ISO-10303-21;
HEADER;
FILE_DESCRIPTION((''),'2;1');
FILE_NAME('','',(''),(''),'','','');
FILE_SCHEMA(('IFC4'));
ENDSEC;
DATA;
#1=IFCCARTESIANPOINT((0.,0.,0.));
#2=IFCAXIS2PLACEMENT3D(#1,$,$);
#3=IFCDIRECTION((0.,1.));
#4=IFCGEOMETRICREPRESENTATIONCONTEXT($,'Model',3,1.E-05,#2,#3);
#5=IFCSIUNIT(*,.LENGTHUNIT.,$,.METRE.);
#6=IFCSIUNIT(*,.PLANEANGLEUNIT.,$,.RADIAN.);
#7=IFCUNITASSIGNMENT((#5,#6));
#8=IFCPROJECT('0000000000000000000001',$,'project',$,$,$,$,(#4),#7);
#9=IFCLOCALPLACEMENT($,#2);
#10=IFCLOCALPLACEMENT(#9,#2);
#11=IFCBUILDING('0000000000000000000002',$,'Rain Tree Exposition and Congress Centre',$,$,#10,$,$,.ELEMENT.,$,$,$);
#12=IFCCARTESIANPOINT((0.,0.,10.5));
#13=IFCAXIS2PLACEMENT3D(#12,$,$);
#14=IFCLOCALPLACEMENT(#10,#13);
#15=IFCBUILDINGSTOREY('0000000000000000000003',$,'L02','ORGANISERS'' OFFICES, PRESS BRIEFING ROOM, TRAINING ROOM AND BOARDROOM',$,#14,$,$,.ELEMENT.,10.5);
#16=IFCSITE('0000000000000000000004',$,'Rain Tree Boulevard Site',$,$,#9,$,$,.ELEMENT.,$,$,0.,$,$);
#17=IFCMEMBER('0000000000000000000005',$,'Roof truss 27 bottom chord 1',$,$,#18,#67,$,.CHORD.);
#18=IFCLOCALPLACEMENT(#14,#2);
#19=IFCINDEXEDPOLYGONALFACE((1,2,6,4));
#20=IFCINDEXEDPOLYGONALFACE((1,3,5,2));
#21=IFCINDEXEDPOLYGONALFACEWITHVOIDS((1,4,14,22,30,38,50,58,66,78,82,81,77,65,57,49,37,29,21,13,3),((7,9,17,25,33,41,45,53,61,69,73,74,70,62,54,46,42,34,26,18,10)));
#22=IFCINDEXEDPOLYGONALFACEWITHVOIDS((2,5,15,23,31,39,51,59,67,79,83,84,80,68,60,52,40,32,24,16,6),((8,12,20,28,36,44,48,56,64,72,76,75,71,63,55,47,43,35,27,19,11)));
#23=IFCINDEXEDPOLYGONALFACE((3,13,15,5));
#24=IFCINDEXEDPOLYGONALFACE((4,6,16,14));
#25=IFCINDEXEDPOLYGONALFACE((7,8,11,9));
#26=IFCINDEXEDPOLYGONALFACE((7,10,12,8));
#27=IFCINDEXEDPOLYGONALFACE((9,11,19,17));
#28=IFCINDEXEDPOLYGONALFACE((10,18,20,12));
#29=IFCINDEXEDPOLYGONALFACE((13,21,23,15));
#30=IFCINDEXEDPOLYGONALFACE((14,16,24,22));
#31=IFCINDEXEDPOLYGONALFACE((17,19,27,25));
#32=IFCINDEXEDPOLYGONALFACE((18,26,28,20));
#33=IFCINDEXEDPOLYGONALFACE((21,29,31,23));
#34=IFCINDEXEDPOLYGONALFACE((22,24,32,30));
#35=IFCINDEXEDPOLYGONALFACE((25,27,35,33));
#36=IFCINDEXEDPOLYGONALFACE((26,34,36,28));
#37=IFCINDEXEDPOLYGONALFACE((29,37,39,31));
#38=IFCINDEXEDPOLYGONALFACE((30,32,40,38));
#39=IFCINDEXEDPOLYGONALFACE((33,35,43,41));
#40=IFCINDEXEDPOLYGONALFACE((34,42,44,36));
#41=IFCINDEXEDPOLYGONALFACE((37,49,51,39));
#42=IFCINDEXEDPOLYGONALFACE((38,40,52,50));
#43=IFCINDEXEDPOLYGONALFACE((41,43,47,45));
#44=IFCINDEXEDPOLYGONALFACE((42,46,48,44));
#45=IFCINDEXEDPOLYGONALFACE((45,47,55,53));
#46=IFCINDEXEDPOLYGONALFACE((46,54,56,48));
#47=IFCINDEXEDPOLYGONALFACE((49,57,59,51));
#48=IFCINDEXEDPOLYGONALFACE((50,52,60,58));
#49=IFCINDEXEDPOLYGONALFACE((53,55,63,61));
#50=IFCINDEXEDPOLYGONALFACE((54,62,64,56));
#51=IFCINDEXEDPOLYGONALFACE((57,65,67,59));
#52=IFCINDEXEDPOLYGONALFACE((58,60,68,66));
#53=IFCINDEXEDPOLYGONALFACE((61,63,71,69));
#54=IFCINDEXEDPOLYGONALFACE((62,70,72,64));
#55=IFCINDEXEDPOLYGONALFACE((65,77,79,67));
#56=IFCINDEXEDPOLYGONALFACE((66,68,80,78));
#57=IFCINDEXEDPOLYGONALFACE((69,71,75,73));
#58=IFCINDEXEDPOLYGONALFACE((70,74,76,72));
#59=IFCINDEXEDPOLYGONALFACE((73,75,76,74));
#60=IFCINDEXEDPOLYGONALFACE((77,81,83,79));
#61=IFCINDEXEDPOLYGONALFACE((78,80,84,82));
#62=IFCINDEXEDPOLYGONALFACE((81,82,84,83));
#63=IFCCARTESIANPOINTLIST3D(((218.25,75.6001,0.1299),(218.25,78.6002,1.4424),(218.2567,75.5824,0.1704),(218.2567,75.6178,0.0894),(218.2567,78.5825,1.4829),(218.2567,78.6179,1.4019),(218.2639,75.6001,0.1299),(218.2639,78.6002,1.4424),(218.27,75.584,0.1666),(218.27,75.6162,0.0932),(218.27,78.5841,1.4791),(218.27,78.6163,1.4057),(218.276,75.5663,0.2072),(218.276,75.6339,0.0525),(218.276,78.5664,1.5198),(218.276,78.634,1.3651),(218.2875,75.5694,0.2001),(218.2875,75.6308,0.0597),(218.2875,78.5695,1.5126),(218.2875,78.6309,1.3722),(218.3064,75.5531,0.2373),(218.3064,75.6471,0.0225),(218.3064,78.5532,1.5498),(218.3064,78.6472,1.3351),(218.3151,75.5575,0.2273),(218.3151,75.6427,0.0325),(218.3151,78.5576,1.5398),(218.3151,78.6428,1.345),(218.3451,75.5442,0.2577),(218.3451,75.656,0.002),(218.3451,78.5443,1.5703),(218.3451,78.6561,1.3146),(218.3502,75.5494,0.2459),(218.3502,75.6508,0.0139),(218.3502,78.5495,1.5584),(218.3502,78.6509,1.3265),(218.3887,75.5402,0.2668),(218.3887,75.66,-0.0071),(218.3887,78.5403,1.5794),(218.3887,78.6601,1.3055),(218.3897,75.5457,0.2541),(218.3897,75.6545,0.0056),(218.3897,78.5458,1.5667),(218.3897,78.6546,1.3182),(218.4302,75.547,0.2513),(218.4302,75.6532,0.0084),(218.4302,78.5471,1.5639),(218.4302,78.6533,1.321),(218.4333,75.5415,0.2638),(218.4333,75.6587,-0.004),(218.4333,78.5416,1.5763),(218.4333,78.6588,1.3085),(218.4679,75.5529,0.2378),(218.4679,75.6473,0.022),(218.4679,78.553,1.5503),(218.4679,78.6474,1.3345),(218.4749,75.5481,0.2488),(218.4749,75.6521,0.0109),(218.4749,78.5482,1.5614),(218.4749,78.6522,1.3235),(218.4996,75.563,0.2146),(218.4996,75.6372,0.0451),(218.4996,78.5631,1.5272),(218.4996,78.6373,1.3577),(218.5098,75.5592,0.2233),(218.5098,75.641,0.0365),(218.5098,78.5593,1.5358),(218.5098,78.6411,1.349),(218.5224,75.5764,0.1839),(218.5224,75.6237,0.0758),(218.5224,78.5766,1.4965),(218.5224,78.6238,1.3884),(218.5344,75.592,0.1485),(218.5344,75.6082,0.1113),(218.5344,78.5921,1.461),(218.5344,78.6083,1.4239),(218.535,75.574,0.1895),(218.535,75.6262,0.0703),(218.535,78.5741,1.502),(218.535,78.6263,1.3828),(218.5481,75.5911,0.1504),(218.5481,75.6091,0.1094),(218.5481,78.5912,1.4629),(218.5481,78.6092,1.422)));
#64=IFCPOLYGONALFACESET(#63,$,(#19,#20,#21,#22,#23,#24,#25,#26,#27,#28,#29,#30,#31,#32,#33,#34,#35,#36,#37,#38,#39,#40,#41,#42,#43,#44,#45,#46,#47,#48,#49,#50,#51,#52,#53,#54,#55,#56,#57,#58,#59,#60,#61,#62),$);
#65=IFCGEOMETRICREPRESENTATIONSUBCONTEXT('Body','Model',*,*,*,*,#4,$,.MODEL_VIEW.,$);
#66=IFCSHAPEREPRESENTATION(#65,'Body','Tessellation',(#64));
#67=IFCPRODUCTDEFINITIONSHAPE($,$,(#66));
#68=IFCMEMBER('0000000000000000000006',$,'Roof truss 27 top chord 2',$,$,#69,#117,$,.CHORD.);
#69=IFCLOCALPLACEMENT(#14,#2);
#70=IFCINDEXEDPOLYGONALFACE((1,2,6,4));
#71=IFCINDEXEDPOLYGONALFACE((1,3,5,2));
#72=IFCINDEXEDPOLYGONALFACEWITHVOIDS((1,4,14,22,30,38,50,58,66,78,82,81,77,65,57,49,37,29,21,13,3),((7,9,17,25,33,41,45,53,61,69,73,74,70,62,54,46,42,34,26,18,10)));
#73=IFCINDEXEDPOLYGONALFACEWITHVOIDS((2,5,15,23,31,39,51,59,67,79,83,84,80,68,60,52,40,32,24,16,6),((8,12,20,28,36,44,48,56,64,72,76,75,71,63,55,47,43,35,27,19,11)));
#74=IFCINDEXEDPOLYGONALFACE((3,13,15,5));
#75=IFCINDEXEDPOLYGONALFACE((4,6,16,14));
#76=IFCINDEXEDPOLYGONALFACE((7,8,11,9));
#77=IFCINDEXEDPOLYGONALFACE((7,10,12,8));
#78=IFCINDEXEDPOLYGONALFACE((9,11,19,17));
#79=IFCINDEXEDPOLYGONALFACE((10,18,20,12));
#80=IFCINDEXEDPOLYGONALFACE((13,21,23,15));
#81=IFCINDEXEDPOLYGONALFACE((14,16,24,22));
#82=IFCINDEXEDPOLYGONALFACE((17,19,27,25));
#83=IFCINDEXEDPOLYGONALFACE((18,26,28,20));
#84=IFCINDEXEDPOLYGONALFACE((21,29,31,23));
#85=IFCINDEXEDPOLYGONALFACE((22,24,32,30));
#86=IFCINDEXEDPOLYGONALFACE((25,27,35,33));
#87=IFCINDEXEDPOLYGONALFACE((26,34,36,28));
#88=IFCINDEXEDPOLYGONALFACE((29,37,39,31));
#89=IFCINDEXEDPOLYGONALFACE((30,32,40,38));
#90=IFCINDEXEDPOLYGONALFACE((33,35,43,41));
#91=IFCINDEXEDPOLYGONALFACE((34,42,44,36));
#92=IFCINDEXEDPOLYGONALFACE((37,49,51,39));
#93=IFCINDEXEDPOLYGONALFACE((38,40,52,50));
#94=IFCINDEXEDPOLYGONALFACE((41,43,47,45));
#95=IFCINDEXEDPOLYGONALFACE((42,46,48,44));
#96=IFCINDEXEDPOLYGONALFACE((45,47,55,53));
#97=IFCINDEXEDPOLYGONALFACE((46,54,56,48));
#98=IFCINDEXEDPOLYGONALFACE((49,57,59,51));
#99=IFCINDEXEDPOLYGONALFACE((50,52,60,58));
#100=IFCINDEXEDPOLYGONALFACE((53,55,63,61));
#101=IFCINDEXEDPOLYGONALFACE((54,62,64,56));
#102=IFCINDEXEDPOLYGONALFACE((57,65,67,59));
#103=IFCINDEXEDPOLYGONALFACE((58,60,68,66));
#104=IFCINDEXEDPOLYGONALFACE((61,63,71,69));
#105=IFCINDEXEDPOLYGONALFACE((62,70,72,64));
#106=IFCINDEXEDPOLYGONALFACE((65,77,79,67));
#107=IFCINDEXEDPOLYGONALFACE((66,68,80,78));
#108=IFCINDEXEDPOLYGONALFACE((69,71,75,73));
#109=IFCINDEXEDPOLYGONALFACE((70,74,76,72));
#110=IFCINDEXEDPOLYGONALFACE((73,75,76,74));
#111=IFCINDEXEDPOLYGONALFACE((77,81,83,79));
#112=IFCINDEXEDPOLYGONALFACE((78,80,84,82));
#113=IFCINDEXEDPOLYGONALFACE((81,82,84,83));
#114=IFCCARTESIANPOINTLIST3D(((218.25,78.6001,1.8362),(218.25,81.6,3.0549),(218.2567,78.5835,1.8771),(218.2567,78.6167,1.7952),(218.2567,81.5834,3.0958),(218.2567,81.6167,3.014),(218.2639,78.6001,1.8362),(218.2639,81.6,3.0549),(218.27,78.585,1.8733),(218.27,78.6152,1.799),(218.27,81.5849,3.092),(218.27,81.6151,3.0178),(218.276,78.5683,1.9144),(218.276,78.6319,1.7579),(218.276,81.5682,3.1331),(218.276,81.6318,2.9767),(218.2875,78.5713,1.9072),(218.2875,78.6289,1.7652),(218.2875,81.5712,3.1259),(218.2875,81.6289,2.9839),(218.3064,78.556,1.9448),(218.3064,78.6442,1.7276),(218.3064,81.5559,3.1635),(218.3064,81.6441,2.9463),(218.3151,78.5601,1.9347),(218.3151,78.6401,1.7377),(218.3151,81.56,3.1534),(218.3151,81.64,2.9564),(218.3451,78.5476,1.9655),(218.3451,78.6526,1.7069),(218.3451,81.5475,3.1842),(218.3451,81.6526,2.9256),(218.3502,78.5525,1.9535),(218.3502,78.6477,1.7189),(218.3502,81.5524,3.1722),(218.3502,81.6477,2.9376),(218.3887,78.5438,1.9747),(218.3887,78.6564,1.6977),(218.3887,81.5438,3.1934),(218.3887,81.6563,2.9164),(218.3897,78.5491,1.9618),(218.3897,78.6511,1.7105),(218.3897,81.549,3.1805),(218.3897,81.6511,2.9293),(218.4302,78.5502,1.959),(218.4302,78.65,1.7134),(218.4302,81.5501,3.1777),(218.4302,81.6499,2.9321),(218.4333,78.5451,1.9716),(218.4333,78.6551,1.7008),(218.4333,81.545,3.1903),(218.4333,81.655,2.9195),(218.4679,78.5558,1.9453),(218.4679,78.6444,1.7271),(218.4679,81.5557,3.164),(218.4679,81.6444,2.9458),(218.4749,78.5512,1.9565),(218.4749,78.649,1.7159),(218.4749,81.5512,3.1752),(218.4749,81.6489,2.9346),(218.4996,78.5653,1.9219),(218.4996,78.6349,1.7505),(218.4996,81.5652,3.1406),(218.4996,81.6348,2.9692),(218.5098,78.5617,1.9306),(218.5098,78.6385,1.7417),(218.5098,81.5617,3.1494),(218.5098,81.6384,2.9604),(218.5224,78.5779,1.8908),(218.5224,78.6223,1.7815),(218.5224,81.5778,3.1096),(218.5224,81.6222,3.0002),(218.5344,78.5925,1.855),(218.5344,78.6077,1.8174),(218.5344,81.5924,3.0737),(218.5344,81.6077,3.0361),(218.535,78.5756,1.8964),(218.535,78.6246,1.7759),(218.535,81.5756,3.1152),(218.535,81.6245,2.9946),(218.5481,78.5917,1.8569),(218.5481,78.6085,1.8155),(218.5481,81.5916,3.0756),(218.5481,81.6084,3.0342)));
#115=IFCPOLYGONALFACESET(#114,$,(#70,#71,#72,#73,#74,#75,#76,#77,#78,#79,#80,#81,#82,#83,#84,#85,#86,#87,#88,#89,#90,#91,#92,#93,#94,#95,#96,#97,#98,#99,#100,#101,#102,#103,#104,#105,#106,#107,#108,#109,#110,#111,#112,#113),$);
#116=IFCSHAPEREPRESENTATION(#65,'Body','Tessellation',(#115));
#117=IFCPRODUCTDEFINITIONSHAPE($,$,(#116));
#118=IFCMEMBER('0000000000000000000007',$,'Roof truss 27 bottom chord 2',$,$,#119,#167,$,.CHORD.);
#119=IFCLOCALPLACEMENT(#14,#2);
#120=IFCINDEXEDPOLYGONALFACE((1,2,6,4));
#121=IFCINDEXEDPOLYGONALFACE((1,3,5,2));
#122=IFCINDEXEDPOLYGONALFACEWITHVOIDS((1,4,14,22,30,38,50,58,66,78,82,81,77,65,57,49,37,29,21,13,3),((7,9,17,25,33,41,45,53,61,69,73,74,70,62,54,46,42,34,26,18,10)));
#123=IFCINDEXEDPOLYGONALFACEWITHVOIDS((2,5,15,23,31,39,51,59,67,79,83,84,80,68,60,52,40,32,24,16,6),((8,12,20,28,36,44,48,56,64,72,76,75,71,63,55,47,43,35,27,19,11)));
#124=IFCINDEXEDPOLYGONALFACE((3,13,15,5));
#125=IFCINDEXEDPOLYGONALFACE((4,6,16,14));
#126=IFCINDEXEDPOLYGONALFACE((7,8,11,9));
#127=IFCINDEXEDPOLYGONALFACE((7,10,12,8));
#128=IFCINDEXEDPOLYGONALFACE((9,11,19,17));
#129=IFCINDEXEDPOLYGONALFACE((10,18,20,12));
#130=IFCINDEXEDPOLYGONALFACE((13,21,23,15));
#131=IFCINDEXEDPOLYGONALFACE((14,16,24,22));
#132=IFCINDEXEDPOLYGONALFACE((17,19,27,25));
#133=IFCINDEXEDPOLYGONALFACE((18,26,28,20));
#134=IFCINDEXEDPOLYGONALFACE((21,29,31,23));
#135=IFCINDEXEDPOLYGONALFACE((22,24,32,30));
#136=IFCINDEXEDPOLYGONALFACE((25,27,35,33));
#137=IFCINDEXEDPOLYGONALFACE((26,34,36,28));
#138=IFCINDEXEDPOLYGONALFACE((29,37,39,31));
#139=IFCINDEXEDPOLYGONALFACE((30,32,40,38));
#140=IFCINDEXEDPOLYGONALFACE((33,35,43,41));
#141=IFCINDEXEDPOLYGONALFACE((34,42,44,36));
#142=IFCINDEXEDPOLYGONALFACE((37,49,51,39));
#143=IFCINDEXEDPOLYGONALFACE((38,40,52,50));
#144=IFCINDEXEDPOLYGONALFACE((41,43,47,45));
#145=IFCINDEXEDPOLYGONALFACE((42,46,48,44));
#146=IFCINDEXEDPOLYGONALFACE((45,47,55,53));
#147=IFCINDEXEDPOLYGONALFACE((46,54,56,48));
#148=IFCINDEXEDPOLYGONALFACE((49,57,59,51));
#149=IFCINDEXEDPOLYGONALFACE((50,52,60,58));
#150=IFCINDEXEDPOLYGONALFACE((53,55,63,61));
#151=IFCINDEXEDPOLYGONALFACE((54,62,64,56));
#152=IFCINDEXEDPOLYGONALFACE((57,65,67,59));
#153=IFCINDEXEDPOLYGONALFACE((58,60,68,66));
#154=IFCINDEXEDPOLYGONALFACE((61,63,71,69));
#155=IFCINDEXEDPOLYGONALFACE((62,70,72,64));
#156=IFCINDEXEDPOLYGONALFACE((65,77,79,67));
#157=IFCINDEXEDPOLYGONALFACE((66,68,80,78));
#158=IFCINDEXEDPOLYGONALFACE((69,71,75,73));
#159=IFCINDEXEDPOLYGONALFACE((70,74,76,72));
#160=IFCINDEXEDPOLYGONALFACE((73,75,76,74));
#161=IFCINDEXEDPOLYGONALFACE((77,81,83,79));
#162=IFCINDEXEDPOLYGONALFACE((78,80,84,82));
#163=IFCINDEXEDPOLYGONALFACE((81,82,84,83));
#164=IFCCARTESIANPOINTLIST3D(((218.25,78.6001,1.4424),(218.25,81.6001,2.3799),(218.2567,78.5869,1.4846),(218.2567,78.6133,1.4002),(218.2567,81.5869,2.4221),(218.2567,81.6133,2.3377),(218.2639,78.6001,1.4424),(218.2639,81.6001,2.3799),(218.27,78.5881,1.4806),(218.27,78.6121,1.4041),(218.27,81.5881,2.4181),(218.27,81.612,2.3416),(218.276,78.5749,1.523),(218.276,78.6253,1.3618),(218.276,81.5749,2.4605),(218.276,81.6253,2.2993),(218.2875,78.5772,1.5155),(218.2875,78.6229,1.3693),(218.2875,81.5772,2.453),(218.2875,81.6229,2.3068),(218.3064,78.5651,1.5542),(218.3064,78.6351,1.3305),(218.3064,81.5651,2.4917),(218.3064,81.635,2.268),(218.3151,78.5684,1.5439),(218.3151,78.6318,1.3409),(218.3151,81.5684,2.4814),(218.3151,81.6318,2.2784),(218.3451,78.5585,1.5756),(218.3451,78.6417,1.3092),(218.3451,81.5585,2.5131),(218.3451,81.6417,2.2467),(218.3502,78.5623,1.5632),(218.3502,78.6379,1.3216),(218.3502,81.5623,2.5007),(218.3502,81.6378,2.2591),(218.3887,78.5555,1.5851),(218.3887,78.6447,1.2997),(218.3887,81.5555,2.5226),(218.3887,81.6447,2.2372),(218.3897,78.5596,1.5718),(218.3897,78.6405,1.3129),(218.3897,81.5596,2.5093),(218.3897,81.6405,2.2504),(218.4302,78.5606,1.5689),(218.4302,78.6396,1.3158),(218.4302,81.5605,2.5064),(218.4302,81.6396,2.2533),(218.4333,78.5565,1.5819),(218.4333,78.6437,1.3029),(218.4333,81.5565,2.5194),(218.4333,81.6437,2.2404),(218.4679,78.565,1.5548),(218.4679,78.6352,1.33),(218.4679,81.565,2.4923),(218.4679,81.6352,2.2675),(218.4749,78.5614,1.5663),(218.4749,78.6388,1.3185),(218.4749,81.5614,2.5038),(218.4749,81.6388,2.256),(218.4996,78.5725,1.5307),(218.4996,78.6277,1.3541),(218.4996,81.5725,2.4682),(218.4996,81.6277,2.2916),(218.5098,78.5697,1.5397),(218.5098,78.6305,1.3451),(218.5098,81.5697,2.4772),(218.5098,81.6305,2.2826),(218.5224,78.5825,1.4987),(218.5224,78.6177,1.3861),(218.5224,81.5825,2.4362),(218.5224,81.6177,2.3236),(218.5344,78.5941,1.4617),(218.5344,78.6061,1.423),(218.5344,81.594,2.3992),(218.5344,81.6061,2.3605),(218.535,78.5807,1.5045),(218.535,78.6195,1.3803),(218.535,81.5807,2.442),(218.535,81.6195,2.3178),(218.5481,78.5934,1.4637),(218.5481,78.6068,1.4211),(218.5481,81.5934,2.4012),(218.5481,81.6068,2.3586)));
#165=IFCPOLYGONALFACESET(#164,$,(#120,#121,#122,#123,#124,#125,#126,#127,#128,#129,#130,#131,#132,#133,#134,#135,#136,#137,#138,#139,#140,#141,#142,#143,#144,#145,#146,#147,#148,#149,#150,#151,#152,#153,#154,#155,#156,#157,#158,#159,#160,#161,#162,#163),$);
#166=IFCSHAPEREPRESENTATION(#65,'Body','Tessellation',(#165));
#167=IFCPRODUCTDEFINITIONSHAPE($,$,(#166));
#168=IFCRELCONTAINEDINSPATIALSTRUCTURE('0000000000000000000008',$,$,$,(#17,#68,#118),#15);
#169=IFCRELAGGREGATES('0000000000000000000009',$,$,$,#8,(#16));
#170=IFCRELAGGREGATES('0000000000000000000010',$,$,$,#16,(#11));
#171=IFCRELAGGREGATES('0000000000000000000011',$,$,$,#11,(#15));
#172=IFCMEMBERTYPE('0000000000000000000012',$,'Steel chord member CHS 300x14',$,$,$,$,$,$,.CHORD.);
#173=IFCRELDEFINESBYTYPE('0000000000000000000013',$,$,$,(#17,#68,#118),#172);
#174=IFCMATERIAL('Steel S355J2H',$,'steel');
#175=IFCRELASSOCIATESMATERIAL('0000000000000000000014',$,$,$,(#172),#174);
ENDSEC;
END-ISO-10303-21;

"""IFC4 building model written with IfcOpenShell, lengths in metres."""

from ifc_helpers import new_model, si_unit, direction, frame, origin, origin_2d, place, context, subcontext, project, spatial, hollow_circle, extrude, material, material_profile, profile_set, type_object, element, save


model = new_model("IFC4")

# Units and contexts
model_context = context("Model", 3, precision=1e-05, world=origin(), true_north=direction((0.0, 1.0)))
body_context = subcontext(model_context, "Body", "Model", "MODEL_VIEW")
ifc_project = project(units=[si_unit("LENGTHUNIT", "METRE"), si_unit("PLANEANGLEUNIT", "RADIAN")], contexts=[model_context])

# Site, building, storey
site_placement = place(None, origin())
site = spatial("IfcSite", under=ifc_project, at=site_placement, Name="Rain Tree Boulevard Site", CompositionType="ELEMENT", RefElevation=0.0)
building_placement = place(site_placement, origin())
building = spatial("IfcBuilding", under=site, at=building_placement, Name="Rain Tree Exposition and Congress Centre", CompositionType="ELEMENT")
storey_placement = place(building_placement, frame((0.0, 0.0, 10.5)))
storey = spatial("IfcBuildingStorey", under=building, at=storey_placement, Name="L02", Description="ORGANISERS' OFFICES, PRESS BRIEFING ROOM, TRAINING ROOM AND BOARDROOM", CompositionType="ELEMENT", Elevation=10.5)

# Members
ifc_material_1 = material(Name="Steel S355J2H", Category="steel")
ifc_material_profile_1 = material_profile(ifc_material_1, hollow_circle(Radius=0.1499, WallThickness=0.0139, at=origin_2d()), Name="CHS 300x14")
ifc_profile_set_1 = profile_set([ifc_material_profile_1], Name="Steel S355J2H")
member_type_1 = type_object("IfcMemberType", Name="Steel chord member CHS 300x14", PredefinedType="CHORD", material=ifc_profile_set_1)
member_1_placement = place(storey_placement, frame((218.3999, 75.6001, 0.1299), z_axis=(0.0, 0.916157, 0.400819), x_axis=(-1.0, 0.0, 0.0)))
element("IfcMember", 1, at=member_1_placement, inside=storey, type_object=member_type_1, Name="Roof truss 27 bottom chord 1", PredefinedType="CHORD", context=body_context, shape_type="SweptSolid", body=[
    extrude(hollow_circle(Radius=0.1499, WallThickness=0.0139, at=origin_2d()), origin(), (0.0, 0.0, 1.0), 3.2747),
])
member_2_placement = place(storey_placement, frame((218.3999, 78.6001, 1.8362), z_axis=(0.0, 0.926467, 0.376377), x_axis=(-1.0, 0.0, 0.0)))
element("IfcMember", 2, at=member_2_placement, inside=storey, type_object=member_type_1, Name="Roof truss 27 top chord 2", PredefinedType="CHORD", context=body_context, shape_type="SweptSolid", body=[
    extrude(hollow_circle(Radius=0.1499, WallThickness=0.0139, at=origin_2d()), origin(), (0.0, 0.0, 1.0), 3.238),
])
member_3_placement = place(storey_placement, frame((218.3999, 78.6001, 1.4424), z_axis=(0.0, 0.95448, 0.298275), x_axis=(-1.0, 0.0, 0.0)))
element("IfcMember", 3, at=member_3_placement, inside=storey, type_object=member_type_1, Name="Roof truss 27 bottom chord 2", PredefinedType="CHORD", context=body_context, shape_type="SweptSolid", body=[
    extrude(hollow_circle(Radius=0.1499, WallThickness=0.0139, at=origin_2d()), origin(), (0.0, 0.0, 1.0), 3.1431),
])

save(model, "model.ifc")
